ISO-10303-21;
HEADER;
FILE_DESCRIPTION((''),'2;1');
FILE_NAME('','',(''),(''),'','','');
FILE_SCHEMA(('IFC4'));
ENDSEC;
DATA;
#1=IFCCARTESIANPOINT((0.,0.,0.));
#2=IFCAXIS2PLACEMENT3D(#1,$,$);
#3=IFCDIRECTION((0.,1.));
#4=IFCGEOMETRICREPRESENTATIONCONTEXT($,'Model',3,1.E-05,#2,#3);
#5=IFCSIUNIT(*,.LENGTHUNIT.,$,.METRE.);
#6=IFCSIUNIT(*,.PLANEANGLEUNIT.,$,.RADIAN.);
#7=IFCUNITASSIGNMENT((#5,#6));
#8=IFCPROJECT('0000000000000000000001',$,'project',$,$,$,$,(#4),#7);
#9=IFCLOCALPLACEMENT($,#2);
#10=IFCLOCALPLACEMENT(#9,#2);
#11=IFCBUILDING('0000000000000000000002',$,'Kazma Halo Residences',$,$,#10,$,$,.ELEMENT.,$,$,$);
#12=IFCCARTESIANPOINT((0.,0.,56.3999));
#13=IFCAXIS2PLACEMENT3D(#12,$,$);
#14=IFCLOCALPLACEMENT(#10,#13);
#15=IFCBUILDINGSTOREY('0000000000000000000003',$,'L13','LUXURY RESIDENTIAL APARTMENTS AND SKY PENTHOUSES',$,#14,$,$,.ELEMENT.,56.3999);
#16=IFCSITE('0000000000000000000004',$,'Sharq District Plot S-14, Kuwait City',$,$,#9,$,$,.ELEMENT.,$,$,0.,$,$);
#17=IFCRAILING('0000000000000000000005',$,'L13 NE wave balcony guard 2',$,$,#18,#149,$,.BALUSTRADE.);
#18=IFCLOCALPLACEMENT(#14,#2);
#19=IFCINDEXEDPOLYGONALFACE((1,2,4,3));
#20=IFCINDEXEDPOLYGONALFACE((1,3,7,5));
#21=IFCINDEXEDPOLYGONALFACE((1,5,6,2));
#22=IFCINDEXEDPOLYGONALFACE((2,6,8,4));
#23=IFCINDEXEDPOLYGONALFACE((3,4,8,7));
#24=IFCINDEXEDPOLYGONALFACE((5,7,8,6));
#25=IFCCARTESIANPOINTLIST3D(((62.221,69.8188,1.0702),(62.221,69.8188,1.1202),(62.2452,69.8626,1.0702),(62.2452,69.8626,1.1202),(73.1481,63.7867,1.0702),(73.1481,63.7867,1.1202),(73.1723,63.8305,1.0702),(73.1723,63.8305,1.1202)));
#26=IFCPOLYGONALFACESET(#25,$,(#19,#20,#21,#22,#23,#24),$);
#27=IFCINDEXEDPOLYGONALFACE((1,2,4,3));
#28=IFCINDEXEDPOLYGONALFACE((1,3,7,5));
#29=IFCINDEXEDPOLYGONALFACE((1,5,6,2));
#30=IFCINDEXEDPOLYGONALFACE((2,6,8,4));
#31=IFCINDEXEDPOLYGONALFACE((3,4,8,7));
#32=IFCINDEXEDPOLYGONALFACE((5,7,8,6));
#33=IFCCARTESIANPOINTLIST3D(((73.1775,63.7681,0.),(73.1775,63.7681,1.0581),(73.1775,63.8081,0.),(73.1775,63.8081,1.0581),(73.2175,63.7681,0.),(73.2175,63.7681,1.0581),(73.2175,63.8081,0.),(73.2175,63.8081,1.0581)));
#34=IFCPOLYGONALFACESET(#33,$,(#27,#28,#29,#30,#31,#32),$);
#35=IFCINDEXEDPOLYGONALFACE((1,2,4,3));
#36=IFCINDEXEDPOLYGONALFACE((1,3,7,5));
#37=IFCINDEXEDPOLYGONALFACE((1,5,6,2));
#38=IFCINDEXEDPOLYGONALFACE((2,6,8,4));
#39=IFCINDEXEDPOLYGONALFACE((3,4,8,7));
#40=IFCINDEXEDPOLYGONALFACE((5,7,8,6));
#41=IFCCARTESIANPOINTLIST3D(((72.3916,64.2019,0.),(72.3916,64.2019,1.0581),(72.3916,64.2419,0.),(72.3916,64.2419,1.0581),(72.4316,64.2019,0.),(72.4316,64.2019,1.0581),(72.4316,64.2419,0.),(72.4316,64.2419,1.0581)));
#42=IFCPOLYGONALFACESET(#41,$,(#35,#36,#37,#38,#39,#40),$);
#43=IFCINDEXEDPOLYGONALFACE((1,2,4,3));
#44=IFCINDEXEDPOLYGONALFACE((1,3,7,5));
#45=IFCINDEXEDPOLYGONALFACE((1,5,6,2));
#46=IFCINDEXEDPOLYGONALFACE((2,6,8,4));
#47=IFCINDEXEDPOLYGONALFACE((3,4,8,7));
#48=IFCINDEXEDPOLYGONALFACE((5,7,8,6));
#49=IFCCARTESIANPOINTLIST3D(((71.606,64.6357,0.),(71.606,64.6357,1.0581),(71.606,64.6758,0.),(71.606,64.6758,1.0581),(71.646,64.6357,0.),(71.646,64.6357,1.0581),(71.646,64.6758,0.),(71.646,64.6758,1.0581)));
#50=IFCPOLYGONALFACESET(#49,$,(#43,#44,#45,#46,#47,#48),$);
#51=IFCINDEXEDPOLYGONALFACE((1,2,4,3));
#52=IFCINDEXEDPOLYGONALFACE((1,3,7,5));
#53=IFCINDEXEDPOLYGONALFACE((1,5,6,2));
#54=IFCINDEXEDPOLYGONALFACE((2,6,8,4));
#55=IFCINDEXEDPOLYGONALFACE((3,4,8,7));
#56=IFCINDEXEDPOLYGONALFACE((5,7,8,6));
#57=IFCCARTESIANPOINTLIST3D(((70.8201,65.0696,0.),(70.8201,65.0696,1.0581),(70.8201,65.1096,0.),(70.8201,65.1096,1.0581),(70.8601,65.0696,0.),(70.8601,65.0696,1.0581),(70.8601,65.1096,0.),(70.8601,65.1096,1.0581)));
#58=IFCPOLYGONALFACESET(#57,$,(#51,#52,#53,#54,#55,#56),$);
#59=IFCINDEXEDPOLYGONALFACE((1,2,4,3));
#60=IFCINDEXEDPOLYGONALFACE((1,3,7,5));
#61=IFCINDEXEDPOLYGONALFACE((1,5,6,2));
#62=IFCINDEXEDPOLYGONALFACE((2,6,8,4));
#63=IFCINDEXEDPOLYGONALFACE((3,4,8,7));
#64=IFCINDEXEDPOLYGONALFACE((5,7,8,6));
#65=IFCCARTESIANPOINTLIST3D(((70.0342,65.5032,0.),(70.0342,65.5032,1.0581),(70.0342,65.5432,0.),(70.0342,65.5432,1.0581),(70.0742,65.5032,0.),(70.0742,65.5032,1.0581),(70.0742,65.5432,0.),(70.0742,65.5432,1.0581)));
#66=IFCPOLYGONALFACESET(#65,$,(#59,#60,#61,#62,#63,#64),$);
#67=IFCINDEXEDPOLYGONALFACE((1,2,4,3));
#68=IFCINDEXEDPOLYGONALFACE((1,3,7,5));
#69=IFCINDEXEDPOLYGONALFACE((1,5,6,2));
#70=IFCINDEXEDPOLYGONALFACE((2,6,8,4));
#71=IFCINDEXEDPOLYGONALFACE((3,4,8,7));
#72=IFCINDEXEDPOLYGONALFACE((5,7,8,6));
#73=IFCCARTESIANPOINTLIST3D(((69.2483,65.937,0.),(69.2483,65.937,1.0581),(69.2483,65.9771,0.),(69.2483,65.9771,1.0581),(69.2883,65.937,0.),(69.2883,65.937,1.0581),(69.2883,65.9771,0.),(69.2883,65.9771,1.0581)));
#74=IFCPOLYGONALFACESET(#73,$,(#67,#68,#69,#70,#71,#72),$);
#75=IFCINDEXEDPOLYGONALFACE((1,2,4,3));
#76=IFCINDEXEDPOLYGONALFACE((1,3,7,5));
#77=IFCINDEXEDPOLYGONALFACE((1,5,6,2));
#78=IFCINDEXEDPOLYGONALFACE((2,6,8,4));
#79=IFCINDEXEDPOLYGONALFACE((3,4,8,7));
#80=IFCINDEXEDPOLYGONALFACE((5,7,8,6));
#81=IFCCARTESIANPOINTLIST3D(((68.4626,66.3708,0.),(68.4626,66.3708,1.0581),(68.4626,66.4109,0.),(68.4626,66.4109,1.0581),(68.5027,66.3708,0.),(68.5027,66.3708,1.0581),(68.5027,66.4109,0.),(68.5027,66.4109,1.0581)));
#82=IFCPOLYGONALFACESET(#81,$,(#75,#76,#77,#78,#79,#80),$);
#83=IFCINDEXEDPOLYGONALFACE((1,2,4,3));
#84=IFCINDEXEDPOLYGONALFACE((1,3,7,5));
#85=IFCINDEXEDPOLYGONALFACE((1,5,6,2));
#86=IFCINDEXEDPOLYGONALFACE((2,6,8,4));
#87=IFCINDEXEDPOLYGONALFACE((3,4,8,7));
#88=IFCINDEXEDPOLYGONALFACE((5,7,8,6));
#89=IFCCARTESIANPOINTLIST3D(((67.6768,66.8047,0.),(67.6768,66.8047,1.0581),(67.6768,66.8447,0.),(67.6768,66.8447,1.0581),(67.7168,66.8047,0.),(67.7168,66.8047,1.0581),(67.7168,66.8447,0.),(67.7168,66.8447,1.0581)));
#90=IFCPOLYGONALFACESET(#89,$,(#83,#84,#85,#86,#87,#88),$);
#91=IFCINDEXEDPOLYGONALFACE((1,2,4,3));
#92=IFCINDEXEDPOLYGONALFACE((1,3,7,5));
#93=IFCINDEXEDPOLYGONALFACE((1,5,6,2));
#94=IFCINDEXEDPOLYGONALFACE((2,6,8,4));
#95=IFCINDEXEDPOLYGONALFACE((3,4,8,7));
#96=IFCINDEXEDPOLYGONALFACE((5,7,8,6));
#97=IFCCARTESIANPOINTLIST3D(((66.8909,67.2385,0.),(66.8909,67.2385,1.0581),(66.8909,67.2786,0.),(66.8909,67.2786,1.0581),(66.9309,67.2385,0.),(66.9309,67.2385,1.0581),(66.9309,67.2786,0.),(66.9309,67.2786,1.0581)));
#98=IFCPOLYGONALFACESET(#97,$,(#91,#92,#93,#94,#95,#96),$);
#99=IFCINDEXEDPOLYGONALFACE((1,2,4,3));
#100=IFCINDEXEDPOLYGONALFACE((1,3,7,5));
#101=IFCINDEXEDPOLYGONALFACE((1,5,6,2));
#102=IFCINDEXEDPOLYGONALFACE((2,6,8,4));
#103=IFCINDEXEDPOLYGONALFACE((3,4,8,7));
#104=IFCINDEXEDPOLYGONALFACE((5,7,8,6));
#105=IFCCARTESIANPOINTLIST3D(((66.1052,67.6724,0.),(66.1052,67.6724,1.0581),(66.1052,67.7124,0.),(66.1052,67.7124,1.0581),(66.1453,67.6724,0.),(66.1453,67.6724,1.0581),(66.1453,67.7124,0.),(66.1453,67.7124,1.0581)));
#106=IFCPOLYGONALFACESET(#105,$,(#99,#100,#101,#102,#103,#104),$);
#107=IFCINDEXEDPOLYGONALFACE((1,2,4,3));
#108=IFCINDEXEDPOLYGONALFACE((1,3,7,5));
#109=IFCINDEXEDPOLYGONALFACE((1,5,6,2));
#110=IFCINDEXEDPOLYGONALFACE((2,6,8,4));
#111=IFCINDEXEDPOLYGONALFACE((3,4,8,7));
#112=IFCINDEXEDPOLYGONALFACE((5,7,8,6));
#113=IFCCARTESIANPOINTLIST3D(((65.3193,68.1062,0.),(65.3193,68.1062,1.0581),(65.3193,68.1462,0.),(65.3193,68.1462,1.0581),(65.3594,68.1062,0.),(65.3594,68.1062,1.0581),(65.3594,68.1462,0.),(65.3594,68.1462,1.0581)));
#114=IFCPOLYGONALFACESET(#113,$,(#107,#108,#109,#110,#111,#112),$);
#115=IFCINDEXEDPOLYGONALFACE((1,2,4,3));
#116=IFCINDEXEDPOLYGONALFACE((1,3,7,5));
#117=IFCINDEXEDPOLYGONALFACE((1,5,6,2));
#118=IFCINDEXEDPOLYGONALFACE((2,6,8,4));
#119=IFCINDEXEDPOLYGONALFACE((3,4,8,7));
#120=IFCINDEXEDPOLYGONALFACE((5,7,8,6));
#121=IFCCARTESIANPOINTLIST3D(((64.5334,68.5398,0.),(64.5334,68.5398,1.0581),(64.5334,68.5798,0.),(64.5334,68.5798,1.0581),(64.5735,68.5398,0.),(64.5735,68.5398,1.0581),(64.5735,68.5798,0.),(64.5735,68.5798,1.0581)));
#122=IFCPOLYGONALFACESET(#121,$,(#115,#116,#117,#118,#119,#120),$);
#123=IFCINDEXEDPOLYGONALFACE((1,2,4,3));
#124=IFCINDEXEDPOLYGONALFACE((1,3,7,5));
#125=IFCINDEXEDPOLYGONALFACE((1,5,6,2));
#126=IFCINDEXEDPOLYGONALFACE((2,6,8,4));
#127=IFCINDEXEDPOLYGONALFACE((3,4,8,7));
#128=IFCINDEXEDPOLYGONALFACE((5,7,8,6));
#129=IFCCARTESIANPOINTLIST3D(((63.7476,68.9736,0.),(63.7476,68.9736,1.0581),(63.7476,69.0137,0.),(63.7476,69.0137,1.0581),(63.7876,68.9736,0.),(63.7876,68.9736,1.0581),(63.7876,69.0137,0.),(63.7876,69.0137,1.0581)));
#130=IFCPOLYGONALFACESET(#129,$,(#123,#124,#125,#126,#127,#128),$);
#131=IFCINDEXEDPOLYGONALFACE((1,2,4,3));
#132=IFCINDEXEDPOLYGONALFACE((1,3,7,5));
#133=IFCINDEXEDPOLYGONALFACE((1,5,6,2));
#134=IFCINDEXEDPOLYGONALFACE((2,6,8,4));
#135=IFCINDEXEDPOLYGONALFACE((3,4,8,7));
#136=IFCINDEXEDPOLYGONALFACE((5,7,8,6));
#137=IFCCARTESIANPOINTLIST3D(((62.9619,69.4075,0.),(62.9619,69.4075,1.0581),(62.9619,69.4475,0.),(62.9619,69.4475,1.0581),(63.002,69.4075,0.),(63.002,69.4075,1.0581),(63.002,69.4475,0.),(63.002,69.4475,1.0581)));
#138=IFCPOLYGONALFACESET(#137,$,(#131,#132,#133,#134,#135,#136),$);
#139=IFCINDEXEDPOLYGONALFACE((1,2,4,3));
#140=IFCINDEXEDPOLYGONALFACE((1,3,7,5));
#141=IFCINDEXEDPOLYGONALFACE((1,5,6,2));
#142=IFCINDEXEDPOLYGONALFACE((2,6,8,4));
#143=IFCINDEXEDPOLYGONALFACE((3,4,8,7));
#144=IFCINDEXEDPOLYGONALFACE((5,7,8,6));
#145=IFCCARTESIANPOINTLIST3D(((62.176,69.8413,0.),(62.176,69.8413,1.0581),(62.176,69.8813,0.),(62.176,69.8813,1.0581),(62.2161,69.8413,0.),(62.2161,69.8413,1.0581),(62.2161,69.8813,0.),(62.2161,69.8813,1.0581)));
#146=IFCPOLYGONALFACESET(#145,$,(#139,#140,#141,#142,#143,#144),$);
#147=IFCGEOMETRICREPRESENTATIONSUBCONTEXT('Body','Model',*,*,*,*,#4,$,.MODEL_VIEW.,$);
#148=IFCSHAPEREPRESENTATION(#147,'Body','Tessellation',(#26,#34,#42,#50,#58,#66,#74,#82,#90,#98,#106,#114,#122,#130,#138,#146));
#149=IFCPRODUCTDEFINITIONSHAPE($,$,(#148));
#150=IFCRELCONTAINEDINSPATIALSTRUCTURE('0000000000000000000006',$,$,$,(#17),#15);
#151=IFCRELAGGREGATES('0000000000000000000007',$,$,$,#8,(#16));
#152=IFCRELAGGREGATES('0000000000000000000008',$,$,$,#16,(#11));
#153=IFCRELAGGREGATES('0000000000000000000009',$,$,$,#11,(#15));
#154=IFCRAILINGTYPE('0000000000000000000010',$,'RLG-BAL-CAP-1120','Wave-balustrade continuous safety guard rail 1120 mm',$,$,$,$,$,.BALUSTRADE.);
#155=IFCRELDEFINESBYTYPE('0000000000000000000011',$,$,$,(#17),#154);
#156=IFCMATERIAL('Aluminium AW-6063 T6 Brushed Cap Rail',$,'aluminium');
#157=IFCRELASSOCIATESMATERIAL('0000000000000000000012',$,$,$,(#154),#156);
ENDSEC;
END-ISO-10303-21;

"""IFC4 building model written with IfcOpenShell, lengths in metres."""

from ifc_helpers import new_model, si_unit, direction, frame, origin, origin_2d, place, context, subcontext, project, spatial, rectangle, extrude, material, type_object, element, save


model = new_model("IFC4")

# Units and contexts
model_context = context("Model", 3, precision=1e-05, world=origin(), true_north=direction((0.0, 1.0)))
body_context = subcontext(model_context, "Body", "Model", "MODEL_VIEW")
ifc_project = project(units=[si_unit("LENGTHUNIT", "METRE"), si_unit("PLANEANGLEUNIT", "RADIAN")], contexts=[model_context])

# Site, building, storey
site_placement = place(None, origin())
site = spatial("IfcSite", under=ifc_project, at=site_placement, Name="Sharq District Plot S-14, Kuwait City", CompositionType="ELEMENT", RefElevation=0.0)
building_placement = place(site_placement, origin())
building = spatial("IfcBuilding", under=site, at=building_placement, Name="Kazma Halo Residences", CompositionType="ELEMENT")
storey_placement = place(building_placement, frame((0.0, 0.0, 56.3999)))
storey = spatial("IfcBuildingStorey", under=building, at=storey_placement, Name="L13", Description="LUXURY RESIDENTIAL APARTMENTS AND SKY PENTHOUSES", CompositionType="ELEMENT", Elevation=56.3999)

# Railing
ifc_material_1 = material(Name="Aluminium AW-6063 T6 Brushed Cap Rail", Category="aluminium")
railing_type = type_object("IfcRailingType", Name="RLG-BAL-CAP-1120", Description="Wave-balustrade continuous safety guard rail 1120 mm", PredefinedType="BALUSTRADE", material=ifc_material_1)
railing_1_placement = place(storey_placement, frame((73.1975, 63.7881, 0.0)))
element("IfcRailing", 1, at=railing_1_placement, inside=storey, type_object=railing_type, Name="L13 NE wave balcony guard 2", PredefinedType="BALUSTRADE", context=body_context, shape_type="SweptSolid", body=[
    extrude(rectangle(XDim=0.05, YDim=0.05, at=origin_2d()), frame((-0.0374, 0.0205, 1.0952), z_axis=(-0.875461, 0.483289, 0.0), x_axis=(-0.483289, -0.875461, 0.0)), (0.0, 0.0, 1.0), 12.4814),
    extrude(rectangle(XDim=0.04, YDim=0.04, at=origin_2d()), origin(), (0.0, 0.0, 1.0), 1.0581),
    extrude(rectangle(XDim=0.04, YDim=0.04, at=origin_2d()), frame((-0.7859, 0.4338, 0.0)), (0.0, 0.0, 1.0), 1.0581),
    extrude(rectangle(XDim=0.04, YDim=0.04, at=origin_2d()), frame((-1.5715, 0.8677, 0.0)), (0.0, 0.0, 1.0), 1.0581),
    extrude(rectangle(XDim=0.04, YDim=0.04, at=origin_2d()), frame((-2.3574, 1.3015, 0.0)), (0.0, 0.0, 1.0), 1.0581),
    extrude(rectangle(XDim=0.04, YDim=0.04, at=origin_2d()), frame((-3.1433, 1.7351, 0.0)), (0.0, 0.0, 1.0), 1.0581),
    extrude(rectangle(XDim=0.04, YDim=0.04, at=origin_2d()), frame((-3.9292, 2.1689, 0.0)), (0.0, 0.0, 1.0), 1.0581),
    extrude(rectangle(XDim=0.04, YDim=0.04, at=origin_2d()), frame((-4.7148, 2.6028, 0.0)), (0.0, 0.0, 1.0), 1.0581),
    extrude(rectangle(XDim=0.04, YDim=0.04, at=origin_2d()), frame((-5.5007, 3.0366, 0.0)), (0.0, 0.0, 1.0), 1.0581),
    extrude(rectangle(XDim=0.04, YDim=0.04, at=origin_2d()), frame((-6.2866, 3.4705, 0.0)), (0.0, 0.0, 1.0), 1.0581),
    extrude(rectangle(XDim=0.04, YDim=0.04, at=origin_2d()), frame((-7.0723, 3.9043, 0.0)), (0.0, 0.0, 1.0), 1.0581),
    extrude(rectangle(XDim=0.04, YDim=0.04, at=origin_2d()), frame((-7.8582, 4.3381, 0.0)), (0.0, 0.0, 1.0), 1.0581),
    extrude(rectangle(XDim=0.04, YDim=0.04, at=origin_2d()), frame((-8.644, 4.7717, 0.0)), (0.0, 0.0, 1.0), 1.0581),
    extrude(rectangle(XDim=0.04, YDim=0.04, at=origin_2d()), frame((-9.4299, 5.2056, 0.0)), (0.0, 0.0, 1.0), 1.0581),
    extrude(rectangle(XDim=0.04, YDim=0.04, at=origin_2d()), frame((-10.2156, 5.6394, 0.0)), (0.0, 0.0, 1.0), 1.0581),
    extrude(rectangle(XDim=0.04, YDim=0.04, at=origin_2d()), frame((-11.0015, 6.0732, 0.0)), (0.0, 0.0, 1.0), 1.0581),
])

save(model, "model.ifc")
